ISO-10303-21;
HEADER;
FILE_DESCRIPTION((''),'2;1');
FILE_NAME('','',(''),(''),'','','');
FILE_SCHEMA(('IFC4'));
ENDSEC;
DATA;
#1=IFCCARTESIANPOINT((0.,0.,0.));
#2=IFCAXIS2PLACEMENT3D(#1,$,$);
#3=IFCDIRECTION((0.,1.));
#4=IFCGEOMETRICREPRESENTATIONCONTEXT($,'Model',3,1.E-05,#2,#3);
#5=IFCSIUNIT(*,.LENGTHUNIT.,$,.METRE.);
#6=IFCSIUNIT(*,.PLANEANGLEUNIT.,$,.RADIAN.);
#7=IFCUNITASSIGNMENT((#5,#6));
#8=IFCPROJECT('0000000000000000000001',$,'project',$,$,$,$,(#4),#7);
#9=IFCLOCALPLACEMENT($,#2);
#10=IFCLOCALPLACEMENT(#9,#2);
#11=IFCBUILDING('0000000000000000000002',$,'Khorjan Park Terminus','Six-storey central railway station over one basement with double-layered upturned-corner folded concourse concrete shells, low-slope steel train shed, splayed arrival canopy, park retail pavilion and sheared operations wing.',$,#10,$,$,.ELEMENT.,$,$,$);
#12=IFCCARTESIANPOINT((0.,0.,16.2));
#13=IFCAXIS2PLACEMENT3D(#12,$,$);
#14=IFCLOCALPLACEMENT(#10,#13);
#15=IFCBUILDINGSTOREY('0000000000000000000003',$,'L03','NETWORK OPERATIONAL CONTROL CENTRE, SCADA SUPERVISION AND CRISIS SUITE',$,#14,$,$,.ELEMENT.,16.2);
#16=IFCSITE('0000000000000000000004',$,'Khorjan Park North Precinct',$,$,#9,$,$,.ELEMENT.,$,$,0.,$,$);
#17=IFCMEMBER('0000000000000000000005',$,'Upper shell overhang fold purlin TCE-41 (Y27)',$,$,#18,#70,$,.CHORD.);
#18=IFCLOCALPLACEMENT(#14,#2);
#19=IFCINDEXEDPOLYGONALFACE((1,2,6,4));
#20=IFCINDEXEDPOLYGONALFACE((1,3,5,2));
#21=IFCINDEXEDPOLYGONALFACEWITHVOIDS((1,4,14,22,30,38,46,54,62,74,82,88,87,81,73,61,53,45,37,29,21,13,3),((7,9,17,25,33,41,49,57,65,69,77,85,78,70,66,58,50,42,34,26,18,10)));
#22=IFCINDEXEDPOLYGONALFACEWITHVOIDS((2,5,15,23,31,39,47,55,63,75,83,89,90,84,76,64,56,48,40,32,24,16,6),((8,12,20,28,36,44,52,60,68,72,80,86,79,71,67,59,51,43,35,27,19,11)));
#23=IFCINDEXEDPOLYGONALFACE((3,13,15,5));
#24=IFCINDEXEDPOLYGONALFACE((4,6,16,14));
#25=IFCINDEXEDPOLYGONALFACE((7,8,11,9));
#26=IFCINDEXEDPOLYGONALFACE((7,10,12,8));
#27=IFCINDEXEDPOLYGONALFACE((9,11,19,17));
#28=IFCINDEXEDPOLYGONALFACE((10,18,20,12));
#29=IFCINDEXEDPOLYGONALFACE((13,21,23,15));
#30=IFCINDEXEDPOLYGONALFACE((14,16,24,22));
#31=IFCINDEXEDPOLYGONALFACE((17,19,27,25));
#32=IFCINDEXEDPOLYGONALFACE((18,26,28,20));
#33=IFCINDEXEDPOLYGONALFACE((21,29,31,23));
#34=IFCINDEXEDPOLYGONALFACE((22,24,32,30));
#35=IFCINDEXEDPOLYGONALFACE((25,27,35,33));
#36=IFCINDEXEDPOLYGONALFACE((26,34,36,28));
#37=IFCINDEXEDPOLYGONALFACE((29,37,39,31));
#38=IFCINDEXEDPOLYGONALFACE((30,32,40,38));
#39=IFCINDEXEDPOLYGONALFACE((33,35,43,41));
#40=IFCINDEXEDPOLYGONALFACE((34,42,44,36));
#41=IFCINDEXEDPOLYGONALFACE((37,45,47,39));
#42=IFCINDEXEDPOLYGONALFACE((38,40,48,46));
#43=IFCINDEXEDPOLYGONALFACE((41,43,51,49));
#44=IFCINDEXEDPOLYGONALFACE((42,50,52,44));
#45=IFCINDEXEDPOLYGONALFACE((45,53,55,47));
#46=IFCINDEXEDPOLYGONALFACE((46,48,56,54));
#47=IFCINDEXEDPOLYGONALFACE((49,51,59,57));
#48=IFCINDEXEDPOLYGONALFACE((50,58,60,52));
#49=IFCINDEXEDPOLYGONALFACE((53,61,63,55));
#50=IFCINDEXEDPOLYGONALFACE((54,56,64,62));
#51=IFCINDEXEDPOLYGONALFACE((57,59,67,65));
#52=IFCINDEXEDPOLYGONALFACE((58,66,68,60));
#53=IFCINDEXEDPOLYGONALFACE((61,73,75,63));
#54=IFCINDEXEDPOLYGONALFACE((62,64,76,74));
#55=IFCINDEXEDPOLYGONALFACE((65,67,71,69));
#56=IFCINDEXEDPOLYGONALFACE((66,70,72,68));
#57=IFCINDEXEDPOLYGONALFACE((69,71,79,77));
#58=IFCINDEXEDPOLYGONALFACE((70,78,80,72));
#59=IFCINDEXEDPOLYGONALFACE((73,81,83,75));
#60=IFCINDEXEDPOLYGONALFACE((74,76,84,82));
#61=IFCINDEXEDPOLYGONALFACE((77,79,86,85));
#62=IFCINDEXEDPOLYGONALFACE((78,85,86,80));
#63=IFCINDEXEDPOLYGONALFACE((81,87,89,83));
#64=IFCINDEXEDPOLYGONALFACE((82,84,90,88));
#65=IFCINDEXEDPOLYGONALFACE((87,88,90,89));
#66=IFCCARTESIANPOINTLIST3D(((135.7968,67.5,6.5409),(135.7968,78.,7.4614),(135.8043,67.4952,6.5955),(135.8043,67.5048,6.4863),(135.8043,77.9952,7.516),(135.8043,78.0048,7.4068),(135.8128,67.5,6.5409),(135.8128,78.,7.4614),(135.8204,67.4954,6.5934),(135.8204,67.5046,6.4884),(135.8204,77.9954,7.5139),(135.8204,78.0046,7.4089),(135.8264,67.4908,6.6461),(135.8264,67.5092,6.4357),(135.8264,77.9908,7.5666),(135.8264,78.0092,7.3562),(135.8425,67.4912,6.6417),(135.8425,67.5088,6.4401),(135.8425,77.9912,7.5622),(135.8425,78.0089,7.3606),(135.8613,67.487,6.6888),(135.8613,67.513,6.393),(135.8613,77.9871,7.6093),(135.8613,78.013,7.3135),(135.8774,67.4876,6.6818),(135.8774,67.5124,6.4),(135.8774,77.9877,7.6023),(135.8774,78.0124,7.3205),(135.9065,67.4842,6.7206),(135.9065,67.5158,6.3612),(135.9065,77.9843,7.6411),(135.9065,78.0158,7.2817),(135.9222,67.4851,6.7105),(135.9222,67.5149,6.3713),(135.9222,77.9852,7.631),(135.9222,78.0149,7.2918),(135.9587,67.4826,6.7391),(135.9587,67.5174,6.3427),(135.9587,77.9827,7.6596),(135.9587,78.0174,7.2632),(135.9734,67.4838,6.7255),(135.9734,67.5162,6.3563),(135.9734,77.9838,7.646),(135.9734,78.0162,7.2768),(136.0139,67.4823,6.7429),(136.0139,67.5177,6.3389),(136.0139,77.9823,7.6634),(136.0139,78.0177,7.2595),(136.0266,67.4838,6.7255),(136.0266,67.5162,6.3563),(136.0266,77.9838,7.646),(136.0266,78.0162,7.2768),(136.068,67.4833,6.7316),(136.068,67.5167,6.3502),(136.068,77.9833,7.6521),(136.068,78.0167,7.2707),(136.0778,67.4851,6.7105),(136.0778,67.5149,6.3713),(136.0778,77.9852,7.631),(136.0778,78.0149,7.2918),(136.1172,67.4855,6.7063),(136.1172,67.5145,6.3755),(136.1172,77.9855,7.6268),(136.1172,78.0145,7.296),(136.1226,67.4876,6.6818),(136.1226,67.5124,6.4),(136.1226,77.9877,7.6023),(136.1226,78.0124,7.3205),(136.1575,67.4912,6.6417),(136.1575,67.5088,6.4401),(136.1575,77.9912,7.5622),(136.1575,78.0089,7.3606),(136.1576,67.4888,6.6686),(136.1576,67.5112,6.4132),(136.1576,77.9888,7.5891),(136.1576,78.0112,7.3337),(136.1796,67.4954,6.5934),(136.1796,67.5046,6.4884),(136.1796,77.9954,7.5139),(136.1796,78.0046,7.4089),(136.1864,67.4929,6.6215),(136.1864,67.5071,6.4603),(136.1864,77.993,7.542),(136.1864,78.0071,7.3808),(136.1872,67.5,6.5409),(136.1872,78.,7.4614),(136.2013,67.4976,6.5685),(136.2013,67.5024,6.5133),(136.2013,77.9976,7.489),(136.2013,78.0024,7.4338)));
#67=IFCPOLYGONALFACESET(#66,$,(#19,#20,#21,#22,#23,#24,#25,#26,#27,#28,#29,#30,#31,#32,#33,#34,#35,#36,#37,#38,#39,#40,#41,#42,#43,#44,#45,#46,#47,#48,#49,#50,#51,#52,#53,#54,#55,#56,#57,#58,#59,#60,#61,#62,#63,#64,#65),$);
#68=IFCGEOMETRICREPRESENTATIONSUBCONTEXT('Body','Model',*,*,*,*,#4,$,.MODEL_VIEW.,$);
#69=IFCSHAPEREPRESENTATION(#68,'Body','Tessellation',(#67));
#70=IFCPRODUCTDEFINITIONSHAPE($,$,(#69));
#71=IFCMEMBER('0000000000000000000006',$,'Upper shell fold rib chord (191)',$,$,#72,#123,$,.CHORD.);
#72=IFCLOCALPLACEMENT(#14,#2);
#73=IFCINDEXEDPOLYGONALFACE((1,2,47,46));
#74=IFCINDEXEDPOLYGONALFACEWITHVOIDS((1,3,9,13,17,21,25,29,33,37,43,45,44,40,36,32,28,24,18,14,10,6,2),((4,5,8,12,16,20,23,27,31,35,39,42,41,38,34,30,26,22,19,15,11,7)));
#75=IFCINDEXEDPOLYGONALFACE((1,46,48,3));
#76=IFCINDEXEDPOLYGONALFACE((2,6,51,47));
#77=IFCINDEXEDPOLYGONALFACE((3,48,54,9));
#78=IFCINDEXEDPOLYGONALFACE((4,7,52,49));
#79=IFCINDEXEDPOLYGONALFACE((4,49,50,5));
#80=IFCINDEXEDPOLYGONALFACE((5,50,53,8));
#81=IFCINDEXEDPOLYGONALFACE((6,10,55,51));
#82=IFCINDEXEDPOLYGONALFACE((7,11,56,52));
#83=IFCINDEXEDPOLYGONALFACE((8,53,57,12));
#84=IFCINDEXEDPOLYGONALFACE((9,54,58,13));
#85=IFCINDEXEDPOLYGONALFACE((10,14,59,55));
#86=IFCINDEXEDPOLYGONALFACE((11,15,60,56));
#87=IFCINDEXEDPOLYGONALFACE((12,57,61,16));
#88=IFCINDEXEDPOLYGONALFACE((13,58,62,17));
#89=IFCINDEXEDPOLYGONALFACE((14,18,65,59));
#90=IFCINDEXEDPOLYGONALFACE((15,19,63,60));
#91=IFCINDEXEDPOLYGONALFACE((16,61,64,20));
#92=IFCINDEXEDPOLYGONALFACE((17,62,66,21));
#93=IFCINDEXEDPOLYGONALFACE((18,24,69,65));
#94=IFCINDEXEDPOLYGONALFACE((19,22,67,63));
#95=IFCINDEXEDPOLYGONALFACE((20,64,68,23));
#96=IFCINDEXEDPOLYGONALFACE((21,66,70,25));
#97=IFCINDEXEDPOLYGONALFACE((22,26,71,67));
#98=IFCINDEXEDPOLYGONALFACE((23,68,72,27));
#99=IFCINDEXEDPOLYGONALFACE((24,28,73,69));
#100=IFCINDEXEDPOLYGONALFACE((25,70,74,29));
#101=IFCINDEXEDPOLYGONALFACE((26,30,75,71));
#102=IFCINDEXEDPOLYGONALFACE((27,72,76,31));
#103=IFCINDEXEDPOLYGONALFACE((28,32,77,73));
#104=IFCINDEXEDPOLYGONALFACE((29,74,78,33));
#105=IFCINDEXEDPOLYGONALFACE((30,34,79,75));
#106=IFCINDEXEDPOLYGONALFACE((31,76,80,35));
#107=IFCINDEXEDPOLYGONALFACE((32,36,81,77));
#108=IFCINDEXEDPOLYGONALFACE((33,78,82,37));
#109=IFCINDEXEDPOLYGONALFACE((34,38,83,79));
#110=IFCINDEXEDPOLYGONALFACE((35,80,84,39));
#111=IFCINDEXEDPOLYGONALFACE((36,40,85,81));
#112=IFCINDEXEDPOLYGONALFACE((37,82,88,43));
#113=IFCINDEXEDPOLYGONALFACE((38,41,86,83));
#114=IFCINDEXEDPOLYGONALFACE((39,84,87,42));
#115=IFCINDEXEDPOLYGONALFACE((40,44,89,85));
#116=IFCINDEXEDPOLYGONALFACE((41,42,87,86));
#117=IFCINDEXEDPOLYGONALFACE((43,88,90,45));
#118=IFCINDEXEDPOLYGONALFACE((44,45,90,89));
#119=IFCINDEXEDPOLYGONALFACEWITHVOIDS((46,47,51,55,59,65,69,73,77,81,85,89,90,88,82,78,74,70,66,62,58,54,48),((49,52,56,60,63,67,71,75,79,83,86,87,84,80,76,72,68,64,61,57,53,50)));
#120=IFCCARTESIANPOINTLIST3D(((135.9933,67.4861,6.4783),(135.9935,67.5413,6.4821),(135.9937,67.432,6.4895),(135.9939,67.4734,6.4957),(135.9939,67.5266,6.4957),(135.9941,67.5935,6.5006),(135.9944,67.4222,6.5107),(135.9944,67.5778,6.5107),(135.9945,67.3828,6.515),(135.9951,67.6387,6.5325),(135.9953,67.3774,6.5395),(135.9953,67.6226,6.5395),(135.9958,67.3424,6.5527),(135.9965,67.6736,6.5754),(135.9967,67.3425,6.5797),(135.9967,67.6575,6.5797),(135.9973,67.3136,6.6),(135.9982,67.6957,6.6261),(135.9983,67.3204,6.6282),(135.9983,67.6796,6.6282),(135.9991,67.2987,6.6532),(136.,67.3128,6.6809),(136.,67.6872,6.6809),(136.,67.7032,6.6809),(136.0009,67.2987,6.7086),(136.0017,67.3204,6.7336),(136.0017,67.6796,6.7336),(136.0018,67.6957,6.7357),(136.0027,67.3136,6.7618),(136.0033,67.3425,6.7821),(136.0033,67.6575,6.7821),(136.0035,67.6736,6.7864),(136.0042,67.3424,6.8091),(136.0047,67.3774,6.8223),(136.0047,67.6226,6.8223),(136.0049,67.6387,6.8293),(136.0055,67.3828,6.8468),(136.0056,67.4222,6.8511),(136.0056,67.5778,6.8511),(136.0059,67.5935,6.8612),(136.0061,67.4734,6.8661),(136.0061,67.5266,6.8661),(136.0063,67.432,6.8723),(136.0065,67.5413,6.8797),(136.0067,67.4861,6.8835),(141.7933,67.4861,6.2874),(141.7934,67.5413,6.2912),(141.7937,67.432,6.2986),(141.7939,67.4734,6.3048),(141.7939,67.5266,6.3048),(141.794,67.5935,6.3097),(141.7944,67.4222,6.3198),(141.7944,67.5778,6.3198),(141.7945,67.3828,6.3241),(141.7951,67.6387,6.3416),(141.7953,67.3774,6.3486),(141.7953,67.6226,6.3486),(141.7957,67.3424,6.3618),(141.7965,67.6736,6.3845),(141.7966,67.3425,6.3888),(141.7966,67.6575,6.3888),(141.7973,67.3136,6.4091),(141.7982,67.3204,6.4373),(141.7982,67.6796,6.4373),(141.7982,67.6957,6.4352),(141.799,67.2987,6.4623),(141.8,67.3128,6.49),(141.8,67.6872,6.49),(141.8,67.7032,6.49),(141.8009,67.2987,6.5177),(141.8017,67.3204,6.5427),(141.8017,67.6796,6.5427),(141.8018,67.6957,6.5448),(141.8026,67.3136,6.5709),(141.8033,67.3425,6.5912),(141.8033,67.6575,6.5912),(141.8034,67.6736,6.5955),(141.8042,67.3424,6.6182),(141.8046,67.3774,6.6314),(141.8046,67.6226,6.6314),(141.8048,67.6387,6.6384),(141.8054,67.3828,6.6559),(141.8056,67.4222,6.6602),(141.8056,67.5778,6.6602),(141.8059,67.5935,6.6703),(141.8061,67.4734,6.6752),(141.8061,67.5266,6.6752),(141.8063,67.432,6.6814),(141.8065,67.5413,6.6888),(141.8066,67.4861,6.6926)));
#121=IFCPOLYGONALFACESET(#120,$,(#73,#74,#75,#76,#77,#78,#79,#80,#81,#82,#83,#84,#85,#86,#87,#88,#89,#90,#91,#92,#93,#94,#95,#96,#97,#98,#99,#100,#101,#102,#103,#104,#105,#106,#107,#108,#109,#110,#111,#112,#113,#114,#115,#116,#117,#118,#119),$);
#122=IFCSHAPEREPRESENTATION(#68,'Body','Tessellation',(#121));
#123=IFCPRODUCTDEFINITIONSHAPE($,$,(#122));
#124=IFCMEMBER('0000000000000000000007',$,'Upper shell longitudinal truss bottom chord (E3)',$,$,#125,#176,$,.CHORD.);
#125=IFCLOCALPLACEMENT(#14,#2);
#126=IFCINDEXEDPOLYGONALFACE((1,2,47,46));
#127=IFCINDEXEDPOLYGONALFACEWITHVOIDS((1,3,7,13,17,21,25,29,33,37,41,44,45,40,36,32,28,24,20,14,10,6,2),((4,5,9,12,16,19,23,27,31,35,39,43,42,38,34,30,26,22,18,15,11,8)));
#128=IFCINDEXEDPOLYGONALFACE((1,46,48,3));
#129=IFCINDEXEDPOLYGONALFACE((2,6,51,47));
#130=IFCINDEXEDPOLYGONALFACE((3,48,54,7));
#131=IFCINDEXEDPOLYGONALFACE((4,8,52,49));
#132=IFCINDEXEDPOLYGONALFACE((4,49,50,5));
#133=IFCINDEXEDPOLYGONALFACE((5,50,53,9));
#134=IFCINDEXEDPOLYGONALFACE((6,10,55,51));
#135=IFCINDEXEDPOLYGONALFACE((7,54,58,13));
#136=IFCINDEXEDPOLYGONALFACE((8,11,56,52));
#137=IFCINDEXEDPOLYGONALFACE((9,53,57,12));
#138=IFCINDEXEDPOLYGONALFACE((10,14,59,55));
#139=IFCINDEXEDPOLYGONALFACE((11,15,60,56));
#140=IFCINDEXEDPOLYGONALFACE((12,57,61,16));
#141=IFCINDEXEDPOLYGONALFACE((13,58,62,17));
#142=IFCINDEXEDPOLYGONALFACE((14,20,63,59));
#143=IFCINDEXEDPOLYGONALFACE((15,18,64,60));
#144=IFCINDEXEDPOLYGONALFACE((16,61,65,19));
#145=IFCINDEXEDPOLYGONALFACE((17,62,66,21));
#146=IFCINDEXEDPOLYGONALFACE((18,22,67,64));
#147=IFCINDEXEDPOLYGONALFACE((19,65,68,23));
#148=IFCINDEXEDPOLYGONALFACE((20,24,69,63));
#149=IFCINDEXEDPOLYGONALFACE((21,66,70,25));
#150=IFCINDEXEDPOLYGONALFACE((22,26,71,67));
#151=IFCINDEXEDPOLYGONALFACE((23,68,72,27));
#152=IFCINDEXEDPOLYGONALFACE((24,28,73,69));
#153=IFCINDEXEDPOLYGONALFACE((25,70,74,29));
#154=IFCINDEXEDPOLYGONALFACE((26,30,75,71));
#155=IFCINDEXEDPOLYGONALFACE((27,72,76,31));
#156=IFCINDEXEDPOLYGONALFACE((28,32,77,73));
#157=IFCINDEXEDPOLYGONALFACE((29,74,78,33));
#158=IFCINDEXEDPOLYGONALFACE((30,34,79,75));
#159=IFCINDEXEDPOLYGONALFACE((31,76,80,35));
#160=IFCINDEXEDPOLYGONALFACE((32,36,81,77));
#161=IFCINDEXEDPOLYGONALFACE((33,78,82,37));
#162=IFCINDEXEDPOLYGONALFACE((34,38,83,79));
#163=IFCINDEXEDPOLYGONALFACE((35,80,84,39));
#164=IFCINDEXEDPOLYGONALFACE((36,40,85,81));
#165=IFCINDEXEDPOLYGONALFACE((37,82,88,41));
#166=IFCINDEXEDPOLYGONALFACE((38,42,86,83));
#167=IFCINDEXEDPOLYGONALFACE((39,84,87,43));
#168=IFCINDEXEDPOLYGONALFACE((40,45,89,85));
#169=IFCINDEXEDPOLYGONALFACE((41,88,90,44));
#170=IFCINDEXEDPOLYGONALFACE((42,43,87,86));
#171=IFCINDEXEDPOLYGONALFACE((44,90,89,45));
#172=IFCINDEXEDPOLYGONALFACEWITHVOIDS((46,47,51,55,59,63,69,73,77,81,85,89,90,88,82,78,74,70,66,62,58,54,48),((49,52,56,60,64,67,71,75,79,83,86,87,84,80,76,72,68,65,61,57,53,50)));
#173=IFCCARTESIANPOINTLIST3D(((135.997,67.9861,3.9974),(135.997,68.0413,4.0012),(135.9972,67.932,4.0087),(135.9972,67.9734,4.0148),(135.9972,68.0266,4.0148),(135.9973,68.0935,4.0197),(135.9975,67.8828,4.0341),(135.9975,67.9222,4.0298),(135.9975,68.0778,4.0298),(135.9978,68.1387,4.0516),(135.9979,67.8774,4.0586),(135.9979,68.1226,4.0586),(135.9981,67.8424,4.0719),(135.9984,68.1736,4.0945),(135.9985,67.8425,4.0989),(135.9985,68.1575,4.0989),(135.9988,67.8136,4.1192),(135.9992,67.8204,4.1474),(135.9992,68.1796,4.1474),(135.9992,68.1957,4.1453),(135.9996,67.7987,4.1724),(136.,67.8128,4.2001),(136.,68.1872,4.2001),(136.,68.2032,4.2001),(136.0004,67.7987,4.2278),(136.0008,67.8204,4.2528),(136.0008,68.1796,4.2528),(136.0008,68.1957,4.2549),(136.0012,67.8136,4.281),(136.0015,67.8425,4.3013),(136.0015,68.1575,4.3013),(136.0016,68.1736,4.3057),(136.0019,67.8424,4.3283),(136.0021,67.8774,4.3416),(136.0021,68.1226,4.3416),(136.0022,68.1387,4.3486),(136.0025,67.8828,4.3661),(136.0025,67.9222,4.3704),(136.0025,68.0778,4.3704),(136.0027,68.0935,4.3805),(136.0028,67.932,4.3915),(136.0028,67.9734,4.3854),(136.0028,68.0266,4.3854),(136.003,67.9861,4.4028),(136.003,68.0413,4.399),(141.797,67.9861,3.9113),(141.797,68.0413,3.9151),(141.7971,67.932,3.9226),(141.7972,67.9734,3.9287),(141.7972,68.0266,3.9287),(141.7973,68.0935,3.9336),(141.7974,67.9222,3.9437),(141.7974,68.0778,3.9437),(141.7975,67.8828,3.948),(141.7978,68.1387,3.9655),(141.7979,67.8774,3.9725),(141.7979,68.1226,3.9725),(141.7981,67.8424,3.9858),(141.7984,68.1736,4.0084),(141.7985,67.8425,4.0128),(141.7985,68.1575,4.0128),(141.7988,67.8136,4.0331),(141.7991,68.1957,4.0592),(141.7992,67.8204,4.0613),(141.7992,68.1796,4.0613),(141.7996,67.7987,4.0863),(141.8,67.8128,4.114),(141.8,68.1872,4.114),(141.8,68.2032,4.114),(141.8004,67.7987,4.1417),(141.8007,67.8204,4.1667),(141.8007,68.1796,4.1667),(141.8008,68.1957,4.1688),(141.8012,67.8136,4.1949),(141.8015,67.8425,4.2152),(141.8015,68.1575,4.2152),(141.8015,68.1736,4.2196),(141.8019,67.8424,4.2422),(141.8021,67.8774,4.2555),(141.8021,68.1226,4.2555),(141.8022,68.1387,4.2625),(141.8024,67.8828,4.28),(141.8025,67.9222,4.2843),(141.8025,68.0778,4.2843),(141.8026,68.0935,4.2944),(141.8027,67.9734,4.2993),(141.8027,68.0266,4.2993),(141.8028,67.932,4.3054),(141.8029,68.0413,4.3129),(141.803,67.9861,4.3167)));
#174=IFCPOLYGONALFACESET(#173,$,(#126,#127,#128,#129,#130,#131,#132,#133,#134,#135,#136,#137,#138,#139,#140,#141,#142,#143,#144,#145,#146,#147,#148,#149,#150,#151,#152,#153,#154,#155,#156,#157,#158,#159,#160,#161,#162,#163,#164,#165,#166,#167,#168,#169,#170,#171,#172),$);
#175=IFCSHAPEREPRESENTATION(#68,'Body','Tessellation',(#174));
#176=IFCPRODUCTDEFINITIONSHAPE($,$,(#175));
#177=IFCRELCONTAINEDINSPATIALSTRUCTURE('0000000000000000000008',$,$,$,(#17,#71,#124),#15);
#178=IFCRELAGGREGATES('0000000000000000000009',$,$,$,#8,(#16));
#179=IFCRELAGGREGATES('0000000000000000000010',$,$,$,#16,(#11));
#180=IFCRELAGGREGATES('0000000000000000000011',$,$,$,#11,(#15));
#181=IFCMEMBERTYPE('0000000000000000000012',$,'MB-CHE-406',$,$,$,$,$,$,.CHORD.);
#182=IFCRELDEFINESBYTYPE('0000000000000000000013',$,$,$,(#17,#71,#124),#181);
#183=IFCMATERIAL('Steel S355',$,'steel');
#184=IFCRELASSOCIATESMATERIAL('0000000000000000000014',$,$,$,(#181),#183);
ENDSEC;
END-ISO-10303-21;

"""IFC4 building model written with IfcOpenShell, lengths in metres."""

from ifc_helpers import new_model, si_unit, direction, frame, origin, origin_2d, place, context, subcontext, project, spatial, hollow_circle, extrude, material, material_profile, profile_set, type_object, element, save


model = new_model("IFC4")

# Units and contexts
model_context = context("Model", 3, precision=1e-05, world=origin(), true_north=direction((0.0, 1.0)))
body_context = subcontext(model_context, "Body", "Model", "MODEL_VIEW")
ifc_project = project(units=[si_unit("LENGTHUNIT", "METRE"), si_unit("PLANEANGLEUNIT", "RADIAN")], contexts=[model_context])

# Site, building, storey
site_placement = place(None, origin())
site = spatial("IfcSite", under=ifc_project, at=site_placement, Name="Khorjan Park North Precinct", CompositionType="ELEMENT", RefElevation=0.0)
building_placement = place(site_placement, origin())
building = spatial("IfcBuilding", under=site, at=building_placement, Name="Khorjan Park Terminus", Description="Six-storey central railway station over one basement with double-layered upturned-corner folded concourse concrete shells, low-slope steel train shed, splayed arrival canopy, park retail pavilion and sheared operations wing.", CompositionType="ELEMENT")
storey_placement = place(building_placement, frame((0.0, 0.0, 16.2)))
storey = spatial("IfcBuildingStorey", under=building, at=storey_placement, Name="L03", Description="NETWORK OPERATIONAL CONTROL CENTRE, SCADA SUPERVISION AND CRISIS SUITE", CompositionType="ELEMENT", Elevation=16.2)

# Members
ifc_material_1 = material(Name="Steel S355", Category="steel")
ifc_material_profile_1 = material_profile(ifc_material_1, hollow_circle(Radius=0.2032, WallThickness=0.016, at=origin_2d()), Name="CHS 406.4x16")
ifc_profile_set_1 = profile_set([ifc_material_profile_1], Name="Steel S355")
member_type_1 = type_object("IfcMemberType", Name="MB-CHE-406", PredefinedType="CHORD", material=ifc_profile_set_1)
member_1_placement = place(storey_placement, frame((136.0, 67.5, 6.5409), z_axis=(0.0, 0.996179, 0.087332), x_axis=(-1.0, 0.0, 0.0)))
element("IfcMember", 1, at=member_1_placement, inside=storey, type_object=member_type_1, Name="Upper shell overhang fold purlin TCE-41 (Y27)", PredefinedType="CHORD", context=body_context, shape_type="SweptSolid", body=[
    extrude(hollow_circle(Radius=0.2032, WallThickness=0.016, at=origin_2d()), origin(), (0.0, 0.0, 1.0), 10.5403),
])
member_2_placement = place(storey_placement, frame((136.0, 67.5, 6.6809), z_axis=(0.999459, 0.0, -0.032896), x_axis=(0.0, 1.0, 0.0)))
element("IfcMember", 2, at=member_2_placement, inside=storey, type_object=member_type_1, Name="Upper shell fold rib chord (191)", PredefinedType="CHORD", context=body_context, shape_type="SweptSolid", body=[
    extrude(hollow_circle(Radius=0.2032, WallThickness=0.016, at=origin_2d()), origin(), (0.0, 0.0, 1.0), 5.8031),
])
member_3_placement = place(storey_placement, frame((136.0, 68.0, 4.2001), z_axis=(0.99989, 0.0, -0.014843), x_axis=(0.0, 1.0, 0.0)))
element("IfcMember", 3, at=member_3_placement, inside=storey, type_object=member_type_1, Name="Upper shell longitudinal truss bottom chord (E3)", PredefinedType="CHORD", context=body_context, shape_type="SweptSolid", body=[
    extrude(hollow_circle(Radius=0.2032, WallThickness=0.016, at=origin_2d()), origin(), (0.0, 0.0, 1.0), 5.8006),
])

save(model, "model.ifc")
